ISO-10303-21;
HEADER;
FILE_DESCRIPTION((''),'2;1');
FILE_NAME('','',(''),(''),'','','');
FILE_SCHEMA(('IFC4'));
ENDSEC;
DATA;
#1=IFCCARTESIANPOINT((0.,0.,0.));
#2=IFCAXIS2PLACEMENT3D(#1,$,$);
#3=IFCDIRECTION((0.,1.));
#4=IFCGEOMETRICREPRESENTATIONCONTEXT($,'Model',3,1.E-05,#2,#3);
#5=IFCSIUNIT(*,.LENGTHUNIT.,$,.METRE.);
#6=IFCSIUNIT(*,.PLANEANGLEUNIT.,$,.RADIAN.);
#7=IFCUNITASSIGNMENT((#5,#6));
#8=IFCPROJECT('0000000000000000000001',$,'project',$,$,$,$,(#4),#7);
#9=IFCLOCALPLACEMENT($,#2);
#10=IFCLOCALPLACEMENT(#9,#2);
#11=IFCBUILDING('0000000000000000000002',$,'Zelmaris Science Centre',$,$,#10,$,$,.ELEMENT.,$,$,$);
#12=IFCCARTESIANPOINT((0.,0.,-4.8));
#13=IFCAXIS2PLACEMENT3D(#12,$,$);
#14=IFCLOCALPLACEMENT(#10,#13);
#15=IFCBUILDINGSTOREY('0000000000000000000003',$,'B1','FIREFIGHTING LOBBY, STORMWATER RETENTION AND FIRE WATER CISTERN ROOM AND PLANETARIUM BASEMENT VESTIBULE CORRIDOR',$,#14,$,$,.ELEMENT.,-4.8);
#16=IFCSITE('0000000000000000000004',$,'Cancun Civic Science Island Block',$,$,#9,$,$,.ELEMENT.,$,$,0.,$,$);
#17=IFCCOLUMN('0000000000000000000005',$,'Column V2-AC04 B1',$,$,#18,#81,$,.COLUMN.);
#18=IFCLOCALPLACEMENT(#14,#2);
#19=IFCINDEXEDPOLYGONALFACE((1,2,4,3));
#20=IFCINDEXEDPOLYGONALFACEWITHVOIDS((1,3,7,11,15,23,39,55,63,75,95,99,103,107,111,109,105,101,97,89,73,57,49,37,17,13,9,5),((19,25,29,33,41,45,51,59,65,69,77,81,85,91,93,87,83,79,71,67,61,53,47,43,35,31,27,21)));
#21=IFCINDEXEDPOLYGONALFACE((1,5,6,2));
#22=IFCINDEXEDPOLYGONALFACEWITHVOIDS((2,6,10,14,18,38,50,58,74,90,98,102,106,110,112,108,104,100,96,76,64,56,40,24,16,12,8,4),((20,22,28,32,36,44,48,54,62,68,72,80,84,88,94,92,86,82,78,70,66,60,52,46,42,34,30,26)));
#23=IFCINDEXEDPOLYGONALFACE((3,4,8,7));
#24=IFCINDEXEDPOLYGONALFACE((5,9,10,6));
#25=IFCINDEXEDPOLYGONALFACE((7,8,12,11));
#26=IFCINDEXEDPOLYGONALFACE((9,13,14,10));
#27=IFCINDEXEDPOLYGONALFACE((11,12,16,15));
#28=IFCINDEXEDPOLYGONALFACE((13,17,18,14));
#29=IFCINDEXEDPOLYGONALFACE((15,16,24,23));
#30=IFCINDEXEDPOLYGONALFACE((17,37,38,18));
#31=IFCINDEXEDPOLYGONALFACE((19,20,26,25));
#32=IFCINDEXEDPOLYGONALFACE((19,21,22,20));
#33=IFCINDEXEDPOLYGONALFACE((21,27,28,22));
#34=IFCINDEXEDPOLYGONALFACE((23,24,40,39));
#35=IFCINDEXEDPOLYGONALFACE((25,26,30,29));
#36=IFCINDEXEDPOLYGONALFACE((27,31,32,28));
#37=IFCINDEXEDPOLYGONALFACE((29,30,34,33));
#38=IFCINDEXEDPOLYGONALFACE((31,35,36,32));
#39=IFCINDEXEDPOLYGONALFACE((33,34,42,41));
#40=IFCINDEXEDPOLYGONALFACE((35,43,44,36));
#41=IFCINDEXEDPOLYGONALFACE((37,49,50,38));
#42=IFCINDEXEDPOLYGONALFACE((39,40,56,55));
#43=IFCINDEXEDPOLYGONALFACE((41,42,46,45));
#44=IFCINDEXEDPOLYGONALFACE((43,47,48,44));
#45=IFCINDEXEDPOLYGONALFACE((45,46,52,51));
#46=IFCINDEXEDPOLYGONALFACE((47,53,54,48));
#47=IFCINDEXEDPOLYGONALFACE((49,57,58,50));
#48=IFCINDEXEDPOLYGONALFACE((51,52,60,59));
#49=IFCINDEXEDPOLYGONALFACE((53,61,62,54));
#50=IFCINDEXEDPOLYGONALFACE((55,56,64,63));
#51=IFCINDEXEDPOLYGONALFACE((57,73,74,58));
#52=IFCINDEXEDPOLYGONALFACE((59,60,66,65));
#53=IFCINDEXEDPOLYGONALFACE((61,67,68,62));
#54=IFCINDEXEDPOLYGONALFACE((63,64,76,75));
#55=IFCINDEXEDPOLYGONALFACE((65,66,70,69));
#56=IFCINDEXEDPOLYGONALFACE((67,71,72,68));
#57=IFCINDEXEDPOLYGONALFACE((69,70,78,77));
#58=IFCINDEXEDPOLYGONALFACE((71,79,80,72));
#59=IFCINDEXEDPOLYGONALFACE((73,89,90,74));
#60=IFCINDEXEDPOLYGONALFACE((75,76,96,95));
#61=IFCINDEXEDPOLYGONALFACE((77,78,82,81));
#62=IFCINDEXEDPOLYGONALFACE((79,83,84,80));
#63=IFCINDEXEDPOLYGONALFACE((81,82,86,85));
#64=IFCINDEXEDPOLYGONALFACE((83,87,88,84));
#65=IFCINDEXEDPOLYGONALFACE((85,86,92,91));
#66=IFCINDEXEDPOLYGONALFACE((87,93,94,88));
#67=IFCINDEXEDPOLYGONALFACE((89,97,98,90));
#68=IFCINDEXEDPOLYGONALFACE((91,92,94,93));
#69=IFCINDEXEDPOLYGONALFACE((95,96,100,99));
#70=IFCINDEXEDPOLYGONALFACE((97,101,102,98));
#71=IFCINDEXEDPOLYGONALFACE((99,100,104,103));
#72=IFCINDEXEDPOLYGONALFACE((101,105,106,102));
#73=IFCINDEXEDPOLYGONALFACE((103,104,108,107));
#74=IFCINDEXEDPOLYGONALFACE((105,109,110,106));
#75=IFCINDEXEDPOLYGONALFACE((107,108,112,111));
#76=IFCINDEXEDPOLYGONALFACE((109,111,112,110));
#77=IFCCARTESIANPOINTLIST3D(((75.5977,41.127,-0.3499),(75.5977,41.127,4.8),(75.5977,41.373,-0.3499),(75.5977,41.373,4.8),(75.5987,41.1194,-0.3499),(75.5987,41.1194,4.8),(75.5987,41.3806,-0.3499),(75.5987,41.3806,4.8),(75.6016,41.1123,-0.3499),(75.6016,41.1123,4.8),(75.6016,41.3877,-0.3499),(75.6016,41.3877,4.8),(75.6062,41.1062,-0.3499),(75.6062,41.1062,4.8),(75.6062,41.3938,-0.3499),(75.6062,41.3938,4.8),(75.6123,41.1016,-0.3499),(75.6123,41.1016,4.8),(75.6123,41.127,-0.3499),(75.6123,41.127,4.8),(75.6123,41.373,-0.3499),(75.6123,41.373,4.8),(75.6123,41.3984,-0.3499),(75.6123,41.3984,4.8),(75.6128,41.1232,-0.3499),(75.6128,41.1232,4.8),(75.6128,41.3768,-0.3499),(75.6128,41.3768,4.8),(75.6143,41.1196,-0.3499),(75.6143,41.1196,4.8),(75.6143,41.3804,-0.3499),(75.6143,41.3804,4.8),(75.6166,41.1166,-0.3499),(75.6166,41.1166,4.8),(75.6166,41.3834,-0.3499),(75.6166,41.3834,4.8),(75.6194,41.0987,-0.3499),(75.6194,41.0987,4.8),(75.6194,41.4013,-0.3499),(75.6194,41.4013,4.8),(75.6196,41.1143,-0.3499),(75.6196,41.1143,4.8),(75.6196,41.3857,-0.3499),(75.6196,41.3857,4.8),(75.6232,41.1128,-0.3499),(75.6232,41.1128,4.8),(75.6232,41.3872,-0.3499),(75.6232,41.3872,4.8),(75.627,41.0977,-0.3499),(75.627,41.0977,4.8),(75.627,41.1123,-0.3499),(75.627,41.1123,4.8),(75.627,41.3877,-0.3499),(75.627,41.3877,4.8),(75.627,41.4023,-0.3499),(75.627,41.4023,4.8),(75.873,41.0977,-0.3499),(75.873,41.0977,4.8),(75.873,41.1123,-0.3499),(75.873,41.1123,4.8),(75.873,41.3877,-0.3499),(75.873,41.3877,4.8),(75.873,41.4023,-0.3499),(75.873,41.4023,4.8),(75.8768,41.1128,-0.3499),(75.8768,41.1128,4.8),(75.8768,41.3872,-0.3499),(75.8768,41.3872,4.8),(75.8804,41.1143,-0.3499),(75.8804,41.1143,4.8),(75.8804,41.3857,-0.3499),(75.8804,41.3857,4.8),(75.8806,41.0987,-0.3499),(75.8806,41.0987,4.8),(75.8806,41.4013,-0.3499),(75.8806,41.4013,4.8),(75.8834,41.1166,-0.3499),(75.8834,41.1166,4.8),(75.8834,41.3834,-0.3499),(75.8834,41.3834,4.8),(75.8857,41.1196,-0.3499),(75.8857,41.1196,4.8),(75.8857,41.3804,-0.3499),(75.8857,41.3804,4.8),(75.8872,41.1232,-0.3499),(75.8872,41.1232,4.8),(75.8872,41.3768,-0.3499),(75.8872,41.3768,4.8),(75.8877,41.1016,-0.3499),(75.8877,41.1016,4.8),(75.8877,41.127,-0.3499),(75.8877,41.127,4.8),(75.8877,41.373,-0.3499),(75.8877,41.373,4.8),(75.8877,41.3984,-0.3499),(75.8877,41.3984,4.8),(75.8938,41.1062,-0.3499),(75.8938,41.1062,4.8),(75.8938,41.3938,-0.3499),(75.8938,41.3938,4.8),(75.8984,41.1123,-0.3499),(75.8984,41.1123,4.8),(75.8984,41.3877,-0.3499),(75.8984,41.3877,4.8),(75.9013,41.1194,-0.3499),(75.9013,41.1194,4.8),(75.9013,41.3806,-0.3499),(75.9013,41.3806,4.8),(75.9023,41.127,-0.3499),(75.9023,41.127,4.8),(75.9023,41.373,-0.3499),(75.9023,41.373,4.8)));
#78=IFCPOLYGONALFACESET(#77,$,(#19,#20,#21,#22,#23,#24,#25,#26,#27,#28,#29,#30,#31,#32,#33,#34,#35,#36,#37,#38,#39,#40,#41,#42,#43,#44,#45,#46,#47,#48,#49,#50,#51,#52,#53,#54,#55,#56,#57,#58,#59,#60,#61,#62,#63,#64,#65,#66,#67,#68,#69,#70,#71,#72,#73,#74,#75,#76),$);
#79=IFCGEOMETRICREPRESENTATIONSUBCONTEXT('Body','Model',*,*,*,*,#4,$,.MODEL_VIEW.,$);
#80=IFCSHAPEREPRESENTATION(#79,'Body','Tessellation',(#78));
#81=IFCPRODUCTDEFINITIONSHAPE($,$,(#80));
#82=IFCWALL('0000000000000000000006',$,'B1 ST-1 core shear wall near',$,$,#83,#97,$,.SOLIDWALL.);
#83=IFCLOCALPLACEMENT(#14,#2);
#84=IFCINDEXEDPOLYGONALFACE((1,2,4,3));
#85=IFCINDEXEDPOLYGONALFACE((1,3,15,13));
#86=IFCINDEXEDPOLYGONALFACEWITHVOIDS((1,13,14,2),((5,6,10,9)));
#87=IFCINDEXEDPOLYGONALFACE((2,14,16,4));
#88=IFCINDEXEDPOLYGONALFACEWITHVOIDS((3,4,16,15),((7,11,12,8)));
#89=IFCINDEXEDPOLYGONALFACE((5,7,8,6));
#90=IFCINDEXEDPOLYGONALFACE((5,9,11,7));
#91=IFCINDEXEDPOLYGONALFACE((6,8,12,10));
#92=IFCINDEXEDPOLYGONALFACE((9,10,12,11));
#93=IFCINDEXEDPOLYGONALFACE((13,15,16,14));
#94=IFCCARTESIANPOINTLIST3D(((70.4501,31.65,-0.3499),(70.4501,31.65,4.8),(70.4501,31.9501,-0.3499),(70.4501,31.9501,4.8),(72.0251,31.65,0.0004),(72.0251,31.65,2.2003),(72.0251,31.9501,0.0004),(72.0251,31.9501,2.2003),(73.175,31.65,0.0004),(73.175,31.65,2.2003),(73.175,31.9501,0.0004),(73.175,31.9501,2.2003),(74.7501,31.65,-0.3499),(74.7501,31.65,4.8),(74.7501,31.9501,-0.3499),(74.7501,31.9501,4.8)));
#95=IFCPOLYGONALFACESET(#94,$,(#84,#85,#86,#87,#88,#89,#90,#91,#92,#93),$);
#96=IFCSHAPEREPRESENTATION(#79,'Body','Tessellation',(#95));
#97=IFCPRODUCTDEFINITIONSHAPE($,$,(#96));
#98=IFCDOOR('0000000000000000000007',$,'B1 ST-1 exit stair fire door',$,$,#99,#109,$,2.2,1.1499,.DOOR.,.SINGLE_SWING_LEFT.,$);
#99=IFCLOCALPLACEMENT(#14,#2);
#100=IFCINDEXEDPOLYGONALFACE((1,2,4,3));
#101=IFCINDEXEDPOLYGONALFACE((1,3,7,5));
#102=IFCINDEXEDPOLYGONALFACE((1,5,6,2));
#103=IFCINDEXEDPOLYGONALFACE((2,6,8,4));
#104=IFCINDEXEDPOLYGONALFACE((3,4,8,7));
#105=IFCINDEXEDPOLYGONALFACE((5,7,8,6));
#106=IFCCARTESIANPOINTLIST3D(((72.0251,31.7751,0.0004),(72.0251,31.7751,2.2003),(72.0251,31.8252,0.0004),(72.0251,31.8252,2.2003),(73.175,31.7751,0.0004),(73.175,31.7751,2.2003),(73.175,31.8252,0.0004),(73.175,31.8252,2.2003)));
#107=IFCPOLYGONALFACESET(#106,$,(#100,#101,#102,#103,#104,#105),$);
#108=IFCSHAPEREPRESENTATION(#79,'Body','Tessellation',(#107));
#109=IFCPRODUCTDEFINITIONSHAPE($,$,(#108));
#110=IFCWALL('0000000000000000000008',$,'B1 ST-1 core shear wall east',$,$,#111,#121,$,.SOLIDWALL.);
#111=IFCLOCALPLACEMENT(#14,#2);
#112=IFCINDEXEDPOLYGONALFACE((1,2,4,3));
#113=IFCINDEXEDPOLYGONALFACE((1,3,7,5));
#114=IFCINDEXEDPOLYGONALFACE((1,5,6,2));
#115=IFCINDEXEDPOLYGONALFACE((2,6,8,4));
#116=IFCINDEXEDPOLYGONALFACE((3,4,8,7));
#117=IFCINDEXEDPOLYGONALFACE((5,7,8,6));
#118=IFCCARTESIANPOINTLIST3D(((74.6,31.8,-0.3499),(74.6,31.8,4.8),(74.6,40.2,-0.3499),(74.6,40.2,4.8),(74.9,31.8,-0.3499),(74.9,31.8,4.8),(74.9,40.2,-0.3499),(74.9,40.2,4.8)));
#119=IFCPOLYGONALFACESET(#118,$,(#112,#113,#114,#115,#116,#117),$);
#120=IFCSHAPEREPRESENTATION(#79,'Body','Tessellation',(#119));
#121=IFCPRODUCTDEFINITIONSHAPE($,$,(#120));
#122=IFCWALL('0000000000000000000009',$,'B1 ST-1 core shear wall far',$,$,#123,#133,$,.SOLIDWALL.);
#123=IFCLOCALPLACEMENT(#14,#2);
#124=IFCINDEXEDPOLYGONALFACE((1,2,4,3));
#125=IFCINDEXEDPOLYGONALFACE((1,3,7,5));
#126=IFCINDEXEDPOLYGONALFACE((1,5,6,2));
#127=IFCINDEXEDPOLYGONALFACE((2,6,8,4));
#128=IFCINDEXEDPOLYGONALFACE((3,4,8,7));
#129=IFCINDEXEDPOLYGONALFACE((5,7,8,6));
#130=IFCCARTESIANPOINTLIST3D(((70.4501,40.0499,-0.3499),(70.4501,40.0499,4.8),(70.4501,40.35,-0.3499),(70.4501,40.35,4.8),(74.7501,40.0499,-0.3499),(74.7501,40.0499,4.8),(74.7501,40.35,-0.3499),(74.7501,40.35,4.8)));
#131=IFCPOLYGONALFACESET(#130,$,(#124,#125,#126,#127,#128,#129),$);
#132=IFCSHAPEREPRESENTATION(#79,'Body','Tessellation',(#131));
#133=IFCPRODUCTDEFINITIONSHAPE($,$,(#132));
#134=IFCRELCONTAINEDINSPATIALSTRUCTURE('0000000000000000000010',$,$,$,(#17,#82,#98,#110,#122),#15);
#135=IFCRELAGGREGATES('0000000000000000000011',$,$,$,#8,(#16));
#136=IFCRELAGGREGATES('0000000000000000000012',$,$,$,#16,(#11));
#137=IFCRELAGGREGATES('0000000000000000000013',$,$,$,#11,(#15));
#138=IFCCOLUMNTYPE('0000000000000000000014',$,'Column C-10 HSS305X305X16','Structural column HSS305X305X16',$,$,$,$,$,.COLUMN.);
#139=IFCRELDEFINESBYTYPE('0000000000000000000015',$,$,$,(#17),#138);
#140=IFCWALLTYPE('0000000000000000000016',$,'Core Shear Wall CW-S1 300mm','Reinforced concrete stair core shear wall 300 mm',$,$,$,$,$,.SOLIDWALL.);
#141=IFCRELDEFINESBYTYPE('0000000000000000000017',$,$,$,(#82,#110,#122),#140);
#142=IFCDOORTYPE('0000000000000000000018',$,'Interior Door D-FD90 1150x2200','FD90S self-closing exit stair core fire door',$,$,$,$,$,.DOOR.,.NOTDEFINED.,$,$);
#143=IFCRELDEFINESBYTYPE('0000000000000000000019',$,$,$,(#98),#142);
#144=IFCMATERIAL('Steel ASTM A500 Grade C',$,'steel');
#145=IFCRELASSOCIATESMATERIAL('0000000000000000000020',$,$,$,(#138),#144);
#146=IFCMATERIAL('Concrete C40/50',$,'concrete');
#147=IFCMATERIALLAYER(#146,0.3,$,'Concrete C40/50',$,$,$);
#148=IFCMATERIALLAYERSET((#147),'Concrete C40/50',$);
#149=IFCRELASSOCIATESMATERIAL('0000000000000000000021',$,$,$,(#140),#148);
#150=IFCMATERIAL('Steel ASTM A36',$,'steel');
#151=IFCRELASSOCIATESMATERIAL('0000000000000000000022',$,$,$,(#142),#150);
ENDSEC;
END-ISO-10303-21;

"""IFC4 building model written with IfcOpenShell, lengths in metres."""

from ifc_helpers import new_model, si_unit, direction, frame, frame_2d, origin, origin_2d, place, context, subcontext, project, spatial, rectangle, hollow_rectangle, extrude, material, layer, layer_set, material_profile, profile_set, type_object, element, fill, save


model = new_model("IFC4")

# Units and contexts
model_context = context("Model", 3, precision=1e-05, world=origin(), true_north=direction((0.0, 1.0)))
body_context = subcontext(model_context, "Body", "Model", "MODEL_VIEW")
ifc_project = project(units=[si_unit("LENGTHUNIT", "METRE"), si_unit("PLANEANGLEUNIT", "RADIAN")], contexts=[model_context])

# Site, building, storey
site_placement = place(None, origin())
site = spatial("IfcSite", under=ifc_project, at=site_placement, Name="Cancun Civic Science Island Block", CompositionType="ELEMENT", RefElevation=0.0)
building_placement = place(site_placement, origin())
building = spatial("IfcBuilding", under=site, at=building_placement, Name="Zelmaris Science Centre", CompositionType="ELEMENT")
storey_placement = place(building_placement, frame((0.0, 0.0, -4.8)))
storey = spatial("IfcBuildingStorey", under=building, at=storey_placement, Name="B1", Description="FIREFIGHTING LOBBY, STORMWATER RETENTION AND FIRE WATER CISTERN ROOM AND PLANETARIUM BASEMENT VESTIBULE CORRIDOR", CompositionType="ELEMENT", Elevation=-4.8)

# Shared definitions
ifc_material_1 = material(Name="Concrete C40/50", Category="concrete")

# Column
ifc_material_2 = material(Name="Steel ASTM A500 Grade C", Category="steel")
ifc_material_profile_1 = material_profile(ifc_material_2, hollow_rectangle(XDim=0.3047, YDim=0.3047, WallThickness=0.0146, InnerFilletRadius=0.0146, OuterFilletRadius=0.0293, at=origin_2d()), Name="HSS305X305X16")
ifc_profile_set_1 = profile_set([ifc_material_profile_1], Name="Steel ASTM A500 Grade C")
column_type = type_object("IfcColumnType", Name="Column C-10 HSS305X305X16", Description="Structural column HSS305X305X16", PredefinedType="COLUMN", material=ifc_profile_set_1)
for number, where, z_axis, x_axis, name in (
    (1, (75.75, 41.25, -0.3499), (0.0, 0.0, 1.0), (1.0, 0.0, 0.0), "Column V2-AC04 B1"),
):
    element("IfcColumn", number, at=place(storey_placement, frame(where, z_axis=z_axis, x_axis=x_axis)), inside=storey, type_object=column_type, Name=name, PredefinedType="COLUMN", context=body_context, shape_type="SweptSolid", body=[
        extrude(hollow_rectangle(XDim=0.3047, YDim=0.3047, WallThickness=0.0146, InnerFilletRadius=0.0146, OuterFilletRadius=0.0293, at=origin_2d()), origin(), (0.0, 0.0, 1.0), 5.1499),
    ])

# Wall, opening, door
ifc_layer = layer(ifc_material_1, 0.3, Name="Concrete C40/50")
ifc_layer_set = layer_set([ifc_layer], Name="Concrete C40/50")
wall_type = type_object("IfcWallType", Name="Core Shear Wall CW-S1 300mm", Description="Reinforced concrete stair core shear wall 300 mm", PredefinedType="SOLIDWALL", material=ifc_layer_set)
wall_1_placement = place(storey_placement, frame((74.75, 31.8, -0.3499), z_axis=(0.0, 0.0, 1.0), x_axis=(-1.0, 0.0, 0.0)))
wall_1 = element("IfcWall", 2, at=wall_1_placement, inside=storey, type_object=wall_type, Name="B1 ST-1 core shear wall near", PredefinedType="SOLIDWALL", context=body_context, shape_type="SweptSolid", body=[
    extrude(rectangle(XDim=4.3, YDim=0.3, at=frame_2d((2.1499, 0.0))), origin(), (0.0, 0.0, 1.0), 5.1499),
])
opening_placement = place(wall_1_placement, frame((1.575, 0.0, 0.3501)))
opening = element("IfcOpeningElement", 3, at=opening_placement, cuts=wall_1, PredefinedType="OPENING", context=body_context, shape_type="SweptSolid", body=[
    extrude(rectangle(XDim=1.1499, YDim=2.2, at=frame_2d((0.575, 1.1001))), frame((0.0, 0.1599, 0.0), z_axis=(0.0, -1.0, 0.0), x_axis=(1.0, 0.0, 0.0)), (0.0, 0.0, 1.0), 0.3201),
])
ifc_material_3 = material(Name="Steel ASTM A36", Category="steel")
door_type = type_object("IfcDoorType", Name="Interior Door D-FD90 1150x2200", Description="FD90S self-closing exit stair core fire door", OperationType="NOTDEFINED", PredefinedType="DOOR", material=ifc_material_3)
door_placement = place(opening_placement, origin())
door = element("IfcDoor", 4, at=door_placement, inside=storey, type_object=door_type, Name="B1 ST-1 exit stair fire door", OperationType="SINGLE_SWING_LEFT", OverallHeight=2.2, OverallWidth=1.1499, PredefinedType="DOOR", context=body_context, shape_type="SweptSolid", body=[
    extrude(rectangle(XDim=1.1499, YDim=2.2, at=frame_2d((0.575, 1.1001))), frame((0.0, 0.0249, 0.0), z_axis=(0.0, -1.0, 0.0), x_axis=(1.0, 0.0, 0.0)), (0.0, 0.0, 1.0), 0.05),
])
fill(opening, door)

# Walls
wall_2_placement = place(storey_placement, frame((74.75, 31.8, -0.3499), z_axis=(0.0, 0.0, 1.0), x_axis=(0.0, 1.0, 0.0)))
element("IfcWall", 5, at=wall_2_placement, inside=storey, type_object=wall_type, Name="B1 ST-1 core shear wall east", PredefinedType="SOLIDWALL", context=body_context, shape_type="SweptSolid", body=[
    extrude(rectangle(XDim=8.3999, YDim=0.3, at=frame_2d((4.2, 0.0))), origin(), (0.0, 0.0, 1.0), 5.1499),
])
wall_3_placement = place(storey_placement, frame((74.75, 40.2, -0.3499), z_axis=(0.0, 0.0, 1.0), x_axis=(-1.0, 0.0, 0.0)))
element("IfcWall", 6, at=wall_3_placement, inside=storey, type_object=wall_type, Name="B1 ST-1 core shear wall far", PredefinedType="SOLIDWALL", context=body_context, shape_type="SweptSolid", body=[
    extrude(rectangle(XDim=4.3, YDim=0.3, at=frame_2d((2.1499, 0.0))), origin(), (0.0, 0.0, 1.0), 5.1499),
])

save(model, "model.ifc")
